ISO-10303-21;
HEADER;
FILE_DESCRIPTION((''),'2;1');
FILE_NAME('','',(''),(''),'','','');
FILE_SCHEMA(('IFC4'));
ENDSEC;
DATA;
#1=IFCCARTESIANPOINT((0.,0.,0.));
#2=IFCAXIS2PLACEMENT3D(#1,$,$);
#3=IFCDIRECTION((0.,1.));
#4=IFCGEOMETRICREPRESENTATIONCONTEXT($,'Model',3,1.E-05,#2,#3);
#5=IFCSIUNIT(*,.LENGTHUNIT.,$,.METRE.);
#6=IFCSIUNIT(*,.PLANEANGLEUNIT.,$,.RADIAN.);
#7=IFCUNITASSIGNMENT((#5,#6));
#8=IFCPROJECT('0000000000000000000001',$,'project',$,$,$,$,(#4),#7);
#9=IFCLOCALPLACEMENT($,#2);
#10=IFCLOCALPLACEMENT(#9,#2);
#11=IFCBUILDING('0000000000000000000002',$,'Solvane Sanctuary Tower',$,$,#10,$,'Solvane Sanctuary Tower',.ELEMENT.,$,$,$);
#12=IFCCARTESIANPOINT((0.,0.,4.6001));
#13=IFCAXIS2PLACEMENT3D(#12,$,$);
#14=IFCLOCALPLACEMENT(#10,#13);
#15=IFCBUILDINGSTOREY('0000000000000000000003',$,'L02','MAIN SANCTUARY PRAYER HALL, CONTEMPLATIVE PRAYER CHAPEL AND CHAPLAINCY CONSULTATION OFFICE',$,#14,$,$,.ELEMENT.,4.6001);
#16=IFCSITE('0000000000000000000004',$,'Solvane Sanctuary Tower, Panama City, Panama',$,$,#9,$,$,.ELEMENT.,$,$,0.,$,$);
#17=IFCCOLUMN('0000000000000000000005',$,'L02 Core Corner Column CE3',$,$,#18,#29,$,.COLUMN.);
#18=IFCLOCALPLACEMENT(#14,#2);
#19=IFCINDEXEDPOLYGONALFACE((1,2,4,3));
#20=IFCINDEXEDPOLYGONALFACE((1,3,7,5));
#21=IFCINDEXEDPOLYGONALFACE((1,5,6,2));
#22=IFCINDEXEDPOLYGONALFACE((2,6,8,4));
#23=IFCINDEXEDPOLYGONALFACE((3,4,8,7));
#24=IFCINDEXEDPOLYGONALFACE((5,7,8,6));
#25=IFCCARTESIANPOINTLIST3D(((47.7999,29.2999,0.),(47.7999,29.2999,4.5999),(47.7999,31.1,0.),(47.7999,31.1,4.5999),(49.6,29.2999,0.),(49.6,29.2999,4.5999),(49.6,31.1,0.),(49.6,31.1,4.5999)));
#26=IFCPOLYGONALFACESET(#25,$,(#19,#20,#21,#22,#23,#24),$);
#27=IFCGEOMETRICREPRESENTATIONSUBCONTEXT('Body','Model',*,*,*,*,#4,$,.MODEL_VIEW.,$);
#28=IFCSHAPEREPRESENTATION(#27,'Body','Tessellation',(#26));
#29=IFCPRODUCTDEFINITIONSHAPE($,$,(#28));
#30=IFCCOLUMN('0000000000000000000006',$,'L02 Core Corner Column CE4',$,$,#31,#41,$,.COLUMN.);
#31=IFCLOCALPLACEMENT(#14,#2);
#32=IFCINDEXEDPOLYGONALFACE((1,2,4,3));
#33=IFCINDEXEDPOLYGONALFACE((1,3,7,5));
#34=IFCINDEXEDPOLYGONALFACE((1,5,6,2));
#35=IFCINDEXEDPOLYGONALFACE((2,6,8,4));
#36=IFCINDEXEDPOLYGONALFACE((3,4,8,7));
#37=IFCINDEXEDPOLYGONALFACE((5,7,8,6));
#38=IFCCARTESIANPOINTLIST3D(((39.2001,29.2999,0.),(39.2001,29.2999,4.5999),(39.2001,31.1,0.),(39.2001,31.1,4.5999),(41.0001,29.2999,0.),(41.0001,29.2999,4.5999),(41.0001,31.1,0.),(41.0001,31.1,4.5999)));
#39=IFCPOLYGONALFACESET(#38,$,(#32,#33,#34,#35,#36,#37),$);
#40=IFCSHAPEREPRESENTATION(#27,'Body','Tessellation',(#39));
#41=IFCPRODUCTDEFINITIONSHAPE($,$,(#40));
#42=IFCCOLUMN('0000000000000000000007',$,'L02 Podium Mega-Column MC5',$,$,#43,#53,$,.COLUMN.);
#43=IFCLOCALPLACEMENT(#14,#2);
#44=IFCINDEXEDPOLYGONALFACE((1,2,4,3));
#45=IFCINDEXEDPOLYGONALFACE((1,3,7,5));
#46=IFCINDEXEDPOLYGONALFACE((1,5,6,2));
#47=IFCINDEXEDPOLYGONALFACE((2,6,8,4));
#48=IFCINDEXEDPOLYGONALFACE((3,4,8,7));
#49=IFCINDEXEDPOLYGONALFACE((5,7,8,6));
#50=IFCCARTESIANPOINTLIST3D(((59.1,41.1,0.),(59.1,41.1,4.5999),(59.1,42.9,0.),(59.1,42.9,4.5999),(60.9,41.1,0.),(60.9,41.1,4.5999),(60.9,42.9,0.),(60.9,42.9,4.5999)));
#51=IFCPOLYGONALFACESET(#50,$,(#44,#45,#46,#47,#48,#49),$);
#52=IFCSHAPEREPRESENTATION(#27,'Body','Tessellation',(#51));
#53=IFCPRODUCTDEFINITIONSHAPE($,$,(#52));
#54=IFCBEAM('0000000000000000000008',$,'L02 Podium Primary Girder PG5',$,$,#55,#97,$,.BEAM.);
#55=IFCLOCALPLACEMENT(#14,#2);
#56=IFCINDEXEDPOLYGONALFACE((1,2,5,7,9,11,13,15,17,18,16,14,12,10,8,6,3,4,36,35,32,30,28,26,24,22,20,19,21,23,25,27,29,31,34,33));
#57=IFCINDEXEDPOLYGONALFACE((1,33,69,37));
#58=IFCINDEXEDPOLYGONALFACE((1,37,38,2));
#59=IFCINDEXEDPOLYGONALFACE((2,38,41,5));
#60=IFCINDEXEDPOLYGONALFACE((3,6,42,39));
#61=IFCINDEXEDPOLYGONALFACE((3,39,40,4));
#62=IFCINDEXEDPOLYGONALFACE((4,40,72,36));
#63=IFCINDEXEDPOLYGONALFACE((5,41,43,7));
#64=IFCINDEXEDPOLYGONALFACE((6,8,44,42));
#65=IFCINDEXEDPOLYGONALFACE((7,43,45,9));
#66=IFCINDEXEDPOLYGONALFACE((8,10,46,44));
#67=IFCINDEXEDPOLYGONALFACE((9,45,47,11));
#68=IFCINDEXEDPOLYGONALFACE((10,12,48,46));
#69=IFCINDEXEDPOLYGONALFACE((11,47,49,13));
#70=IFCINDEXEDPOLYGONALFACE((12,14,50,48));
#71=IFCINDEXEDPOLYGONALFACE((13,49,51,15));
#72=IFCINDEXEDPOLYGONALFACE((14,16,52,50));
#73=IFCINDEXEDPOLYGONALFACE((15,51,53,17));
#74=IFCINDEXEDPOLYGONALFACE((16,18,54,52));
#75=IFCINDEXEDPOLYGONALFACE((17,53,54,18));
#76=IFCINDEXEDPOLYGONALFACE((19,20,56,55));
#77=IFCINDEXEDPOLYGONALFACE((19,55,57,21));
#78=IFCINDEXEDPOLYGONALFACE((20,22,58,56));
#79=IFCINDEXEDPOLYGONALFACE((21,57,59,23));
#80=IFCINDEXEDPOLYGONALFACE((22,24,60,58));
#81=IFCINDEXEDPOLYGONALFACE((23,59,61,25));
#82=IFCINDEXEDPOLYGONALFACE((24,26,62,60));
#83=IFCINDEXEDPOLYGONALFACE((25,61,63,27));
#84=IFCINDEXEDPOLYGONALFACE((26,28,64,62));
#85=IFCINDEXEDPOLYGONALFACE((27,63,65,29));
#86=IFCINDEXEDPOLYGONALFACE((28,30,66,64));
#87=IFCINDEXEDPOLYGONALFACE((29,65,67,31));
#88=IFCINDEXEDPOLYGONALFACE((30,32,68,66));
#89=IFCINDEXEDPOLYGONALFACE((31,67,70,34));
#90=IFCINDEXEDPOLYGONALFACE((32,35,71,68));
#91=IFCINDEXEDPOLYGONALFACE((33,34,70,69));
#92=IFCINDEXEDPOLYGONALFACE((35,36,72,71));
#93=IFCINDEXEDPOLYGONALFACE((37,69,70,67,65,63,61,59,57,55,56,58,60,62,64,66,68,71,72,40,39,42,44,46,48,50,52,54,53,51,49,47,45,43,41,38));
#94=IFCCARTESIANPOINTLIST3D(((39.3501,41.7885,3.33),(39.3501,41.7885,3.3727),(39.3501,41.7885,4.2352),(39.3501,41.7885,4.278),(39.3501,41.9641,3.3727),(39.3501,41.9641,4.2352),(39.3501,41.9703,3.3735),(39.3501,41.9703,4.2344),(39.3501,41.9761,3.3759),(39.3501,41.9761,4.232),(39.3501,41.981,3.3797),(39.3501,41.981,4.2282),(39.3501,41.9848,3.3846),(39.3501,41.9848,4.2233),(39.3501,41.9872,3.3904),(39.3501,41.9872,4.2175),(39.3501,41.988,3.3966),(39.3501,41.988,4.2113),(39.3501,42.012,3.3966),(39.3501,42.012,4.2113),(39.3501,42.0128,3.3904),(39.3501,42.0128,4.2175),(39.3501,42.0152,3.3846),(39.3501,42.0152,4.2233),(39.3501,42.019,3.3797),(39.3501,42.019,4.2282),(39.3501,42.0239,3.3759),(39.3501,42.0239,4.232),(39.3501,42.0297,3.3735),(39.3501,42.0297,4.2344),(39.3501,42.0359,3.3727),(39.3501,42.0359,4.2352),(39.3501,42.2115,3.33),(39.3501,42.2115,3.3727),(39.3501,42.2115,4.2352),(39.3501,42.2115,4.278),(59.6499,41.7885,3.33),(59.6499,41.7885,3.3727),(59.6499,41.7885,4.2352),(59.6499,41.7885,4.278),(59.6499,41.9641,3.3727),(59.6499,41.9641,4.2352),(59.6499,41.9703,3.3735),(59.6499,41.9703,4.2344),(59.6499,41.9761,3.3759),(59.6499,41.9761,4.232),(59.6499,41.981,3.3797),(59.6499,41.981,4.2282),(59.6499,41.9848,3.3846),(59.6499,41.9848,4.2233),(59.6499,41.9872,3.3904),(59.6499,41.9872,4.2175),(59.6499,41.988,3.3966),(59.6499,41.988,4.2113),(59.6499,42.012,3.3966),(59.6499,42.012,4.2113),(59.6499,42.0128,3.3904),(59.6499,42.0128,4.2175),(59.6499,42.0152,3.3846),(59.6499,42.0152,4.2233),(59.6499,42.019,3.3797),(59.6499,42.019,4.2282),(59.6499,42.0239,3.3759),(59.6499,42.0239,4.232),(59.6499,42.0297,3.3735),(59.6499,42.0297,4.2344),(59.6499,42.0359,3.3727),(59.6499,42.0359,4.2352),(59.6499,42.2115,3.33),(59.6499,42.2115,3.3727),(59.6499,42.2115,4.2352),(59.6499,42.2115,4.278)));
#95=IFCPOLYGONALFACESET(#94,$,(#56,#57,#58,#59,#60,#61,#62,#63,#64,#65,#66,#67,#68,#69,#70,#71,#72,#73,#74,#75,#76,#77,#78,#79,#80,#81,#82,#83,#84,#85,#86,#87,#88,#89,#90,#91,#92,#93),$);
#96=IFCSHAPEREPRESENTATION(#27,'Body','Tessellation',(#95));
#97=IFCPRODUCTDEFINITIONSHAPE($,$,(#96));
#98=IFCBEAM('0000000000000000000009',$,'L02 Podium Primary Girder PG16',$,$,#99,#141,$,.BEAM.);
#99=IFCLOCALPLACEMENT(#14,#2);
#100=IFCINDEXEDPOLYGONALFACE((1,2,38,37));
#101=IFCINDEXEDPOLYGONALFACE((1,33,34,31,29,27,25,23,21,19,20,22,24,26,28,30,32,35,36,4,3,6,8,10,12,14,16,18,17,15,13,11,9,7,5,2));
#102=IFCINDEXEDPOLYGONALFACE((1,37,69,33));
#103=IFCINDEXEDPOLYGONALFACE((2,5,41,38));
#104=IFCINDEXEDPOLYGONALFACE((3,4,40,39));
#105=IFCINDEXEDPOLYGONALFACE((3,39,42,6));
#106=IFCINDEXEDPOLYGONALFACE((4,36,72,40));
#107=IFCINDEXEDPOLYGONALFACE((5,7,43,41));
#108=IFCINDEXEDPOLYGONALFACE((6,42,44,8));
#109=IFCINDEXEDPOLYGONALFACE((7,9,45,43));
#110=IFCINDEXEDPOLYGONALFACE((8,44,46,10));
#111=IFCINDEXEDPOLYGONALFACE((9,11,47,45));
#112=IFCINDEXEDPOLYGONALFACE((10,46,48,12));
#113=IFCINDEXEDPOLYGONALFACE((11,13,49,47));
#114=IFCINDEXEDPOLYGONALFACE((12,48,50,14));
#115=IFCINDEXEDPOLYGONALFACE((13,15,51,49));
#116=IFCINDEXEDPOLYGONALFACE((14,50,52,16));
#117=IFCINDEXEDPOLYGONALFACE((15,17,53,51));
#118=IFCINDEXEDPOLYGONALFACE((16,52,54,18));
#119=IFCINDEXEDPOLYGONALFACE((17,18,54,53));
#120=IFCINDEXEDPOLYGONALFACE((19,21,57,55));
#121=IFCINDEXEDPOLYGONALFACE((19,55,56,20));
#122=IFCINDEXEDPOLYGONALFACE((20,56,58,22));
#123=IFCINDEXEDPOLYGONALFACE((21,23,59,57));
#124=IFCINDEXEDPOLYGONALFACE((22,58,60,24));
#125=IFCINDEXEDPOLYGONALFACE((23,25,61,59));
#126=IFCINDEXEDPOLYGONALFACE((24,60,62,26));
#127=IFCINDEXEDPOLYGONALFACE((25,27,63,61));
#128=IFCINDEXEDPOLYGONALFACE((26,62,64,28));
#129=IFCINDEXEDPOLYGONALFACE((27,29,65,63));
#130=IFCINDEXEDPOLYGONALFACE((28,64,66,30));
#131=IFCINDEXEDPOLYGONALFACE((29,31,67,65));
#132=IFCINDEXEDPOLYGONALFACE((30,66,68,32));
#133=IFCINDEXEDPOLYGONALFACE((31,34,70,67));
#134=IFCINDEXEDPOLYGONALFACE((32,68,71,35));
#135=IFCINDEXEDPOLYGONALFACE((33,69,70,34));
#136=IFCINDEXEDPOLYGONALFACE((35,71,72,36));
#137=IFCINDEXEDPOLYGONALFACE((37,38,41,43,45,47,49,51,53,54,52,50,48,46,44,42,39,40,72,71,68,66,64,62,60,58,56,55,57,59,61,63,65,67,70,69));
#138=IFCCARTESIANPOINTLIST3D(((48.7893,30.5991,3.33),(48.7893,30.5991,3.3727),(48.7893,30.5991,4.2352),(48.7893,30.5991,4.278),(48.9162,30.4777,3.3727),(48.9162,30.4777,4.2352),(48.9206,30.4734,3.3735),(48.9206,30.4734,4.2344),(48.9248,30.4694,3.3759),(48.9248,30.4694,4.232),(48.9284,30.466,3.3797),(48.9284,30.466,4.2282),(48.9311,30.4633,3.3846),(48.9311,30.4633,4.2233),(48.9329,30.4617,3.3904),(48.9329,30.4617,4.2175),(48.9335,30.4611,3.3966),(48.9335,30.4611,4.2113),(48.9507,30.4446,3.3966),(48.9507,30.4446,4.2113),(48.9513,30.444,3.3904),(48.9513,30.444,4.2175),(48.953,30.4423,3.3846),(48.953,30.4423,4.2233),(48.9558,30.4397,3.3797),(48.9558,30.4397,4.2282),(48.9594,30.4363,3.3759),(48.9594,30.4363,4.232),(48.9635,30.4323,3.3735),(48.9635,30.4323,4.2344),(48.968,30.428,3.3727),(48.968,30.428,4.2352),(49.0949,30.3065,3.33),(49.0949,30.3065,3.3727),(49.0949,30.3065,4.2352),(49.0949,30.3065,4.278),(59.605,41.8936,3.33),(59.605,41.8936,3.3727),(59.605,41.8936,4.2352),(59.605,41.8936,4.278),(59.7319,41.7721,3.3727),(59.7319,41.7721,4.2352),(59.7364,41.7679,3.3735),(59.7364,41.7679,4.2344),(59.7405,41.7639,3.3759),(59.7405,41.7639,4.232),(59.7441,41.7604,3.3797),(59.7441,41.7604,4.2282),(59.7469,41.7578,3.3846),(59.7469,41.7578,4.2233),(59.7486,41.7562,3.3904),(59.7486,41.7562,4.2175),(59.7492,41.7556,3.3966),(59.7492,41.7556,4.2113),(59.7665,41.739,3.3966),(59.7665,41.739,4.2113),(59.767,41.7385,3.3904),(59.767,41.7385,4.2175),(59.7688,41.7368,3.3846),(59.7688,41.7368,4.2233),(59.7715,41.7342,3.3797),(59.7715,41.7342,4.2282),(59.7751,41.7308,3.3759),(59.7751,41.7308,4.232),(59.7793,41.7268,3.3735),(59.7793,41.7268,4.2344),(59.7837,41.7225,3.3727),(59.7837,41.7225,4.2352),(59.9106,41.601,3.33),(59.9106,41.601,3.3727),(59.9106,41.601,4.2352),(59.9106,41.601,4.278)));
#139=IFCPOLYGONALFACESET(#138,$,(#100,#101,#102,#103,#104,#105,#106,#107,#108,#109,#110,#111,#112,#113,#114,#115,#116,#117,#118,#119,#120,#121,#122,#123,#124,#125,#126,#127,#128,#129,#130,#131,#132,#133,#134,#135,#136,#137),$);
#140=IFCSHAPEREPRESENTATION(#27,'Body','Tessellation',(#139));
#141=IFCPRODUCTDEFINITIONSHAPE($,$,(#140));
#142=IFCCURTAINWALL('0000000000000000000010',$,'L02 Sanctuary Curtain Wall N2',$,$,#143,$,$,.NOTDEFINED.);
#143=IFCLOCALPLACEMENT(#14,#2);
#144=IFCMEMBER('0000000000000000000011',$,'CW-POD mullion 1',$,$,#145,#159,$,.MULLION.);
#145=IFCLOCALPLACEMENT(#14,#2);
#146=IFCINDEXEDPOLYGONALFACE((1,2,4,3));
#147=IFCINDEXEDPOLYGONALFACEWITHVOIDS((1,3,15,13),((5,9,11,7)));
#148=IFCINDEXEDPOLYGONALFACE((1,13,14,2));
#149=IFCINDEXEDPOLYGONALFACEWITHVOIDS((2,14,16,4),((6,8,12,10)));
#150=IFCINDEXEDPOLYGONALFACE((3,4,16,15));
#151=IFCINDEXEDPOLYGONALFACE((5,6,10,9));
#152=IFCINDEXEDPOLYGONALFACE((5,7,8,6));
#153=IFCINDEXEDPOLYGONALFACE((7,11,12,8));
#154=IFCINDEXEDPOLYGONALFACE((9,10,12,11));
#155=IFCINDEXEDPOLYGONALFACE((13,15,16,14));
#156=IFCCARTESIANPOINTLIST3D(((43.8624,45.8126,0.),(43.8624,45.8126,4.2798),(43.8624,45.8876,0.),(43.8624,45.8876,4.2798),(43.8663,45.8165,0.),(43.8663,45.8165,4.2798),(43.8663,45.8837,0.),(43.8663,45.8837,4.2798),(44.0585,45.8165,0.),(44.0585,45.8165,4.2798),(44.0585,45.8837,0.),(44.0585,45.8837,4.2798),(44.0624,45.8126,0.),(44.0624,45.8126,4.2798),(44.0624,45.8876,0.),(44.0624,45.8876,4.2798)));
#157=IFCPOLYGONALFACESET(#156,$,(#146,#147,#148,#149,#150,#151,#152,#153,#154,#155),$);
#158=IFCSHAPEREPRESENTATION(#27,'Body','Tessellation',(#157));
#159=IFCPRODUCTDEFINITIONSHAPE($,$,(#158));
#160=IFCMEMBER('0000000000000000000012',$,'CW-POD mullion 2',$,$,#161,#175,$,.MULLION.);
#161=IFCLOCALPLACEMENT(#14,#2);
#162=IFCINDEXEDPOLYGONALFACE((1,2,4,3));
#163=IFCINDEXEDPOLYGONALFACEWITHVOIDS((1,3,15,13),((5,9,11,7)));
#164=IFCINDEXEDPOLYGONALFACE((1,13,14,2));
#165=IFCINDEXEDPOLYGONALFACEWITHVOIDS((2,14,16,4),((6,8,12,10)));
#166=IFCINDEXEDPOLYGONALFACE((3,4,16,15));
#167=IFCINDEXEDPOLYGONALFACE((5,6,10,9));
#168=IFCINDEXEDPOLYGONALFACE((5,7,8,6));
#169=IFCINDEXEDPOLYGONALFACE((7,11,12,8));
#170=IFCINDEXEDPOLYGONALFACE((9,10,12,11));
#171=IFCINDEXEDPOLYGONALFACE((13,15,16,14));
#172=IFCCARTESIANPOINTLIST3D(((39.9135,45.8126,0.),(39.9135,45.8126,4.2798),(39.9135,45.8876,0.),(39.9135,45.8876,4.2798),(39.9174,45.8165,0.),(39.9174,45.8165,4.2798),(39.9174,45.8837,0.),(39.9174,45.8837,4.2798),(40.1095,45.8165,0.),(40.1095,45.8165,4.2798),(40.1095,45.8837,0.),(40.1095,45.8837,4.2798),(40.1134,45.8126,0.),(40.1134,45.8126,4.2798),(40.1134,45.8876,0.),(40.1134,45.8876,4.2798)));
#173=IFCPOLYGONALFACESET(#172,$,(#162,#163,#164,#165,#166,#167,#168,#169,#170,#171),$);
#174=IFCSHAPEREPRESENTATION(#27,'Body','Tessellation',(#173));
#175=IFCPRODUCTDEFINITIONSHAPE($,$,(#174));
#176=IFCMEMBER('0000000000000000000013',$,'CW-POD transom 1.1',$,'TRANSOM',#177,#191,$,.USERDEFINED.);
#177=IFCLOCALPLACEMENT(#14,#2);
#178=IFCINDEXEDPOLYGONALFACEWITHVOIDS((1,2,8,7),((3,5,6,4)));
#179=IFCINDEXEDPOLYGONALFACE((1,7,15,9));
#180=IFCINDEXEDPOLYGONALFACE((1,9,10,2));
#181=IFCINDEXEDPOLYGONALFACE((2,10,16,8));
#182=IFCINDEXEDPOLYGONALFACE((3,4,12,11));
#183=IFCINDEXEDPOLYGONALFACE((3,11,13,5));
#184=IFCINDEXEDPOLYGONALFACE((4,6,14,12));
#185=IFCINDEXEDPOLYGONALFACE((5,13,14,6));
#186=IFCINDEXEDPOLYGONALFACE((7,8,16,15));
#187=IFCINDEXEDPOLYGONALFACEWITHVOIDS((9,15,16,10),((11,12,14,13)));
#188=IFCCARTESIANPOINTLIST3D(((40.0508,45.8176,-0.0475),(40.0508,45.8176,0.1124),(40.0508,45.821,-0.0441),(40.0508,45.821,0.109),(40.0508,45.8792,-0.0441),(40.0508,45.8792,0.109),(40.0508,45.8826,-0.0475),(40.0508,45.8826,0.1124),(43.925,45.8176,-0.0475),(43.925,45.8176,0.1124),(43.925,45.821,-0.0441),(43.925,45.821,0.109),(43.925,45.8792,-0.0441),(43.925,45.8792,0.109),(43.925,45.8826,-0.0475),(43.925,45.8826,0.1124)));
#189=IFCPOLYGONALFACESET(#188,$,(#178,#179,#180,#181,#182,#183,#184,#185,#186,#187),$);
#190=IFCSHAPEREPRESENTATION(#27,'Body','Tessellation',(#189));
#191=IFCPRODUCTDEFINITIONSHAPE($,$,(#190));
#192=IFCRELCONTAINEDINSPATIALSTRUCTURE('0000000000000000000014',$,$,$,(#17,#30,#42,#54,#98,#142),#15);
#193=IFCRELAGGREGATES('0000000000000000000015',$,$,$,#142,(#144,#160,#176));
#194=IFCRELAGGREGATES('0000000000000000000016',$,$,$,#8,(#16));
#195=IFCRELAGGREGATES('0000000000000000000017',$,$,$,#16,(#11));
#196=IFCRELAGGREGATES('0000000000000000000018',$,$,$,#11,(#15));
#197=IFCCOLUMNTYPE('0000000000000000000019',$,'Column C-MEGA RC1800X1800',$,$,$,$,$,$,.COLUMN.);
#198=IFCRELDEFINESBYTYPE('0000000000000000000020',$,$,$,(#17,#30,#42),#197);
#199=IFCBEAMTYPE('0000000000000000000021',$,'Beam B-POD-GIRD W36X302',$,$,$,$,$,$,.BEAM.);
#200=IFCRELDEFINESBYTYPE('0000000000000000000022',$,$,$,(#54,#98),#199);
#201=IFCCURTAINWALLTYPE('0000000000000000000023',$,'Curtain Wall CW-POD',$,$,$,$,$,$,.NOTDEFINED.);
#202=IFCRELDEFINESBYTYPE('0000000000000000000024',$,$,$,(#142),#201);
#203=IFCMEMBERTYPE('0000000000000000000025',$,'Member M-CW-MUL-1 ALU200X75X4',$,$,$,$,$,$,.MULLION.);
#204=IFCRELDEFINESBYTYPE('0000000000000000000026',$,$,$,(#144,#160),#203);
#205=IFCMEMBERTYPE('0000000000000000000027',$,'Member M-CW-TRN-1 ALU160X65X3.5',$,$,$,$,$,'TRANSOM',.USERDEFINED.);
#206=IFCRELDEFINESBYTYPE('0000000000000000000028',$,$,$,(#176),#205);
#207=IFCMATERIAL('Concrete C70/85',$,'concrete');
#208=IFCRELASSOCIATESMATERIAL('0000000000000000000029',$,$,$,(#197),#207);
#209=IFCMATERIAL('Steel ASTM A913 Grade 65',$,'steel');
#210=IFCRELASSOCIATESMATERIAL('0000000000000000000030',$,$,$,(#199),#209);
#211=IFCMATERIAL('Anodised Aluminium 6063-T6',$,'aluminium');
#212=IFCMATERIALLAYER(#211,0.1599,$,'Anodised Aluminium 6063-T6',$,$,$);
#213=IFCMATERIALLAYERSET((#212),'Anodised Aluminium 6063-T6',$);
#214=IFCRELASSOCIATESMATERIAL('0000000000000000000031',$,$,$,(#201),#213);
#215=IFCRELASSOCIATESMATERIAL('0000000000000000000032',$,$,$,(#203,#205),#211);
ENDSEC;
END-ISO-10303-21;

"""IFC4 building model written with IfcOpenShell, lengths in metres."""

from ifc_helpers import new_model, si_unit, direction, frame, origin, origin_2d, place, context, subcontext, project, spatial, rectangle, hollow_rectangle, i_section, extrude, material, layer, layer_set, material_profile, profile_set, type_object, element, aggregate, save


model = new_model("IFC4")

# Units and contexts
model_context = context("Model", 3, precision=1e-05, world=origin(), true_north=direction((0.0, 1.0)))
body_context = subcontext(model_context, "Body", "Model", "MODEL_VIEW")
ifc_project = project(units=[si_unit("LENGTHUNIT", "METRE"), si_unit("PLANEANGLEUNIT", "RADIAN")], contexts=[model_context])

# Site, building, storey
site_placement = place(None, origin())
site = spatial("IfcSite", under=ifc_project, at=site_placement, Name="Solvane Sanctuary Tower, Panama City, Panama", CompositionType="ELEMENT", RefElevation=0.0)
building_placement = place(site_placement, origin())
building = spatial("IfcBuilding", under=site, at=building_placement, Name="Solvane Sanctuary Tower", LongName="Solvane Sanctuary Tower", CompositionType="ELEMENT")
storey_placement = place(building_placement, frame((0.0, 0.0, 4.6001)))
storey = spatial("IfcBuildingStorey", under=building, at=storey_placement, Name="L02", Description="MAIN SANCTUARY PRAYER HALL, CONTEMPLATIVE PRAYER CHAPEL AND CHAPLAINCY CONSULTATION OFFICE", CompositionType="ELEMENT", Elevation=4.6001)

# Columns
ifc_material_1 = material(Name="Concrete C70/85", Category="concrete")
ifc_material_profile_1 = material_profile(ifc_material_1, rectangle(XDim=1.8, YDim=1.8, at=origin_2d()), Name="RC1800X1800")
ifc_profile_set_1 = profile_set([ifc_material_profile_1], Name="Concrete C70/85")
column_type = type_object("IfcColumnType", Name="Column C-MEGA RC1800X1800", PredefinedType="COLUMN", material=ifc_profile_set_1)
for number, where, z_axis, x_axis, name in (
    (1, (48.7, 30.2, 0.0), (0.0, 0.0, 1.0), (1.0, 0.0, 0.0), "L02 Core Corner Column CE3"),
    (2, (40.1001, 30.2, 0.0), (0.0, 0.0, 1.0), (1.0, 0.0, 0.0), "L02 Core Corner Column CE4"),
    (3, (60.0, 42.0, 0.0), (0.0, 0.0, 1.0), (1.0, 0.0, 0.0), "L02 Podium Mega-Column MC5"),
):
    element("IfcColumn", number, at=place(storey_placement, frame(where, z_axis=z_axis, x_axis=x_axis)), inside=storey, type_object=column_type, Name=name, PredefinedType="COLUMN", context=body_context, shape_type="SweptSolid", body=[
        extrude(rectangle(XDim=1.8, YDim=1.8, at=origin_2d()), origin(), (0.0, 0.0, 1.0), 4.5999),
    ])

# Beams
ifc_material_2 = material(Name="Steel ASTM A913 Grade 65", Category="steel")
ifc_material_profile_2 = material_profile(ifc_material_2, i_section(OverallWidth=0.4231, OverallDepth=0.948, WebThickness=0.0239, FlangeThickness=0.0427, FilletRadius=0.0239, at=origin_2d()), Name="W36X302")
ifc_profile_set_2 = profile_set([ifc_material_profile_2], Name="Steel ASTM A913 Grade 65")
beam_type = type_object("IfcBeamType", Name="Beam B-POD-GIRD W36X302", PredefinedType="BEAM", material=ifc_profile_set_2)
beam_1_placement = place(storey_placement, frame((59.6499, 42.0, 3.804), z_axis=(-1.0, 0.0, 0.0), x_axis=(0.0, -1.0, 0.0)))
element("IfcBeam", 4, at=beam_1_placement, inside=storey, type_object=beam_type, Name="L02 Podium Primary Girder PG5", PredefinedType="BEAM", context=body_context, shape_type="SweptSolid", body=[
    extrude(i_section(OverallWidth=0.4231, OverallDepth=0.948, WebThickness=0.0239, FlangeThickness=0.0427, FilletRadius=0.0239, at=origin_2d()), origin(), (0.0, 0.0, 1.0), 20.2998),
])
beam_2_placement = place(storey_placement, frame((59.7578, 41.7473, 3.804), z_axis=(-0.691633, -0.722249, 0.0), x_axis=(0.722249, -0.691633, 0.0)))
element("IfcBeam", 5, at=beam_2_placement, inside=storey, type_object=beam_type, Name="L02 Podium Primary Girder PG16", PredefinedType="BEAM", context=body_context, shape_type="SweptSolid", body=[
    extrude(i_section(OverallWidth=0.4231, OverallDepth=0.948, WebThickness=0.0239, FlangeThickness=0.0427, FilletRadius=0.0239, at=origin_2d()), origin(), (0.0, 0.0, 1.0), 15.6379),
])

# Curtain wall, members
ifc_material_3 = material(Name="Anodised Aluminium 6063-T6", Category="aluminium")
ifc_layer_1 = layer(ifc_material_3, 0.1599, Name="Anodised Aluminium 6063-T6")
ifc_layer_set_1 = layer_set([ifc_layer_1], Name="Anodised Aluminium 6063-T6")
curtain_wall_type = type_object("IfcCurtainWallType", Name="Curtain Wall CW-POD", PredefinedType="NOTDEFINED", material=ifc_layer_set_1)
curtain_wall_placement = place(storey_placement, origin())
curtain_wall = element("IfcCurtainWall", 6, at=curtain_wall_placement, inside=storey, type_object=curtain_wall_type, Name="L02 Sanctuary Curtain Wall N2", PredefinedType="NOTDEFINED")
ifc_material_profile_3 = material_profile(ifc_material_3, hollow_rectangle(XDim=0.075, YDim=0.2, WallThickness=0.0039, at=origin_2d()), Name="ALU200X75X4")
ifc_profile_set_3 = profile_set([ifc_material_profile_3], Name="Anodised Aluminium 6063-T6")
member_type_1 = type_object("IfcMemberType", Name="Member M-CW-MUL-1 ALU200X75X4", PredefinedType="MULLION", material=ifc_profile_set_3)
member_1_placement = place(storey_placement, frame((43.9624, 45.8501, 0.0), z_axis=(0.0, 0.0, 1.0), x_axis=(0.0, -1.0, 0.0)))
member_1 = element("IfcMember", 7, at=member_1_placement, type_object=member_type_1, Name="CW-POD mullion 1", PredefinedType="MULLION", context=body_context, shape_type="SweptSolid", body=[
    extrude(hollow_rectangle(XDim=0.075, YDim=0.2, WallThickness=0.0039, at=origin_2d()), origin(), (0.0, 0.0, 1.0), 4.2798),
])
member_2_placement = place(storey_placement, frame((40.0134, 45.8501, 0.0), z_axis=(0.0, 0.0, 1.0), x_axis=(0.0, -1.0, 0.0)))
member_2 = element("IfcMember", 8, at=member_2_placement, type_object=member_type_1, Name="CW-POD mullion 2", PredefinedType="MULLION", context=body_context, shape_type="SweptSolid", body=[
    extrude(hollow_rectangle(XDim=0.075, YDim=0.2, WallThickness=0.0039, at=origin_2d()), origin(), (0.0, 0.0, 1.0), 4.2798),
])
ifc_material_profile_4 = material_profile(ifc_material_3, hollow_rectangle(XDim=0.0649, YDim=0.1599, WallThickness=0.0034, at=origin_2d()), Name="ALU160X65X3.5")
ifc_profile_set_4 = profile_set([ifc_material_profile_4], Name="Anodised Aluminium 6063-T6")
member_type_2 = type_object("IfcMemberType", Name="Member M-CW-TRN-1 ALU160X65X3.5", ElementType="TRANSOM", PredefinedType="USERDEFINED", material=ifc_profile_set_4)
member_3_placement = place(storey_placement, frame((43.925, 45.8501, 0.0325), z_axis=(-1.0, 0.0, 0.0), x_axis=(0.0, -1.0, 0.0)))
member_3 = element("IfcMember", 9, at=member_3_placement, type_object=member_type_2, Name="CW-POD transom 1.1", ObjectType="TRANSOM", PredefinedType="USERDEFINED", context=body_context, shape_type="SweptSolid", body=[
    extrude(hollow_rectangle(XDim=0.0649, YDim=0.1599, WallThickness=0.0034, at=origin_2d()), origin(), (0.0, 0.0, 1.0), 3.8743),
])
aggregate(curtain_wall, [member_1, member_2, member_3])

save(model, "model.ifc")
